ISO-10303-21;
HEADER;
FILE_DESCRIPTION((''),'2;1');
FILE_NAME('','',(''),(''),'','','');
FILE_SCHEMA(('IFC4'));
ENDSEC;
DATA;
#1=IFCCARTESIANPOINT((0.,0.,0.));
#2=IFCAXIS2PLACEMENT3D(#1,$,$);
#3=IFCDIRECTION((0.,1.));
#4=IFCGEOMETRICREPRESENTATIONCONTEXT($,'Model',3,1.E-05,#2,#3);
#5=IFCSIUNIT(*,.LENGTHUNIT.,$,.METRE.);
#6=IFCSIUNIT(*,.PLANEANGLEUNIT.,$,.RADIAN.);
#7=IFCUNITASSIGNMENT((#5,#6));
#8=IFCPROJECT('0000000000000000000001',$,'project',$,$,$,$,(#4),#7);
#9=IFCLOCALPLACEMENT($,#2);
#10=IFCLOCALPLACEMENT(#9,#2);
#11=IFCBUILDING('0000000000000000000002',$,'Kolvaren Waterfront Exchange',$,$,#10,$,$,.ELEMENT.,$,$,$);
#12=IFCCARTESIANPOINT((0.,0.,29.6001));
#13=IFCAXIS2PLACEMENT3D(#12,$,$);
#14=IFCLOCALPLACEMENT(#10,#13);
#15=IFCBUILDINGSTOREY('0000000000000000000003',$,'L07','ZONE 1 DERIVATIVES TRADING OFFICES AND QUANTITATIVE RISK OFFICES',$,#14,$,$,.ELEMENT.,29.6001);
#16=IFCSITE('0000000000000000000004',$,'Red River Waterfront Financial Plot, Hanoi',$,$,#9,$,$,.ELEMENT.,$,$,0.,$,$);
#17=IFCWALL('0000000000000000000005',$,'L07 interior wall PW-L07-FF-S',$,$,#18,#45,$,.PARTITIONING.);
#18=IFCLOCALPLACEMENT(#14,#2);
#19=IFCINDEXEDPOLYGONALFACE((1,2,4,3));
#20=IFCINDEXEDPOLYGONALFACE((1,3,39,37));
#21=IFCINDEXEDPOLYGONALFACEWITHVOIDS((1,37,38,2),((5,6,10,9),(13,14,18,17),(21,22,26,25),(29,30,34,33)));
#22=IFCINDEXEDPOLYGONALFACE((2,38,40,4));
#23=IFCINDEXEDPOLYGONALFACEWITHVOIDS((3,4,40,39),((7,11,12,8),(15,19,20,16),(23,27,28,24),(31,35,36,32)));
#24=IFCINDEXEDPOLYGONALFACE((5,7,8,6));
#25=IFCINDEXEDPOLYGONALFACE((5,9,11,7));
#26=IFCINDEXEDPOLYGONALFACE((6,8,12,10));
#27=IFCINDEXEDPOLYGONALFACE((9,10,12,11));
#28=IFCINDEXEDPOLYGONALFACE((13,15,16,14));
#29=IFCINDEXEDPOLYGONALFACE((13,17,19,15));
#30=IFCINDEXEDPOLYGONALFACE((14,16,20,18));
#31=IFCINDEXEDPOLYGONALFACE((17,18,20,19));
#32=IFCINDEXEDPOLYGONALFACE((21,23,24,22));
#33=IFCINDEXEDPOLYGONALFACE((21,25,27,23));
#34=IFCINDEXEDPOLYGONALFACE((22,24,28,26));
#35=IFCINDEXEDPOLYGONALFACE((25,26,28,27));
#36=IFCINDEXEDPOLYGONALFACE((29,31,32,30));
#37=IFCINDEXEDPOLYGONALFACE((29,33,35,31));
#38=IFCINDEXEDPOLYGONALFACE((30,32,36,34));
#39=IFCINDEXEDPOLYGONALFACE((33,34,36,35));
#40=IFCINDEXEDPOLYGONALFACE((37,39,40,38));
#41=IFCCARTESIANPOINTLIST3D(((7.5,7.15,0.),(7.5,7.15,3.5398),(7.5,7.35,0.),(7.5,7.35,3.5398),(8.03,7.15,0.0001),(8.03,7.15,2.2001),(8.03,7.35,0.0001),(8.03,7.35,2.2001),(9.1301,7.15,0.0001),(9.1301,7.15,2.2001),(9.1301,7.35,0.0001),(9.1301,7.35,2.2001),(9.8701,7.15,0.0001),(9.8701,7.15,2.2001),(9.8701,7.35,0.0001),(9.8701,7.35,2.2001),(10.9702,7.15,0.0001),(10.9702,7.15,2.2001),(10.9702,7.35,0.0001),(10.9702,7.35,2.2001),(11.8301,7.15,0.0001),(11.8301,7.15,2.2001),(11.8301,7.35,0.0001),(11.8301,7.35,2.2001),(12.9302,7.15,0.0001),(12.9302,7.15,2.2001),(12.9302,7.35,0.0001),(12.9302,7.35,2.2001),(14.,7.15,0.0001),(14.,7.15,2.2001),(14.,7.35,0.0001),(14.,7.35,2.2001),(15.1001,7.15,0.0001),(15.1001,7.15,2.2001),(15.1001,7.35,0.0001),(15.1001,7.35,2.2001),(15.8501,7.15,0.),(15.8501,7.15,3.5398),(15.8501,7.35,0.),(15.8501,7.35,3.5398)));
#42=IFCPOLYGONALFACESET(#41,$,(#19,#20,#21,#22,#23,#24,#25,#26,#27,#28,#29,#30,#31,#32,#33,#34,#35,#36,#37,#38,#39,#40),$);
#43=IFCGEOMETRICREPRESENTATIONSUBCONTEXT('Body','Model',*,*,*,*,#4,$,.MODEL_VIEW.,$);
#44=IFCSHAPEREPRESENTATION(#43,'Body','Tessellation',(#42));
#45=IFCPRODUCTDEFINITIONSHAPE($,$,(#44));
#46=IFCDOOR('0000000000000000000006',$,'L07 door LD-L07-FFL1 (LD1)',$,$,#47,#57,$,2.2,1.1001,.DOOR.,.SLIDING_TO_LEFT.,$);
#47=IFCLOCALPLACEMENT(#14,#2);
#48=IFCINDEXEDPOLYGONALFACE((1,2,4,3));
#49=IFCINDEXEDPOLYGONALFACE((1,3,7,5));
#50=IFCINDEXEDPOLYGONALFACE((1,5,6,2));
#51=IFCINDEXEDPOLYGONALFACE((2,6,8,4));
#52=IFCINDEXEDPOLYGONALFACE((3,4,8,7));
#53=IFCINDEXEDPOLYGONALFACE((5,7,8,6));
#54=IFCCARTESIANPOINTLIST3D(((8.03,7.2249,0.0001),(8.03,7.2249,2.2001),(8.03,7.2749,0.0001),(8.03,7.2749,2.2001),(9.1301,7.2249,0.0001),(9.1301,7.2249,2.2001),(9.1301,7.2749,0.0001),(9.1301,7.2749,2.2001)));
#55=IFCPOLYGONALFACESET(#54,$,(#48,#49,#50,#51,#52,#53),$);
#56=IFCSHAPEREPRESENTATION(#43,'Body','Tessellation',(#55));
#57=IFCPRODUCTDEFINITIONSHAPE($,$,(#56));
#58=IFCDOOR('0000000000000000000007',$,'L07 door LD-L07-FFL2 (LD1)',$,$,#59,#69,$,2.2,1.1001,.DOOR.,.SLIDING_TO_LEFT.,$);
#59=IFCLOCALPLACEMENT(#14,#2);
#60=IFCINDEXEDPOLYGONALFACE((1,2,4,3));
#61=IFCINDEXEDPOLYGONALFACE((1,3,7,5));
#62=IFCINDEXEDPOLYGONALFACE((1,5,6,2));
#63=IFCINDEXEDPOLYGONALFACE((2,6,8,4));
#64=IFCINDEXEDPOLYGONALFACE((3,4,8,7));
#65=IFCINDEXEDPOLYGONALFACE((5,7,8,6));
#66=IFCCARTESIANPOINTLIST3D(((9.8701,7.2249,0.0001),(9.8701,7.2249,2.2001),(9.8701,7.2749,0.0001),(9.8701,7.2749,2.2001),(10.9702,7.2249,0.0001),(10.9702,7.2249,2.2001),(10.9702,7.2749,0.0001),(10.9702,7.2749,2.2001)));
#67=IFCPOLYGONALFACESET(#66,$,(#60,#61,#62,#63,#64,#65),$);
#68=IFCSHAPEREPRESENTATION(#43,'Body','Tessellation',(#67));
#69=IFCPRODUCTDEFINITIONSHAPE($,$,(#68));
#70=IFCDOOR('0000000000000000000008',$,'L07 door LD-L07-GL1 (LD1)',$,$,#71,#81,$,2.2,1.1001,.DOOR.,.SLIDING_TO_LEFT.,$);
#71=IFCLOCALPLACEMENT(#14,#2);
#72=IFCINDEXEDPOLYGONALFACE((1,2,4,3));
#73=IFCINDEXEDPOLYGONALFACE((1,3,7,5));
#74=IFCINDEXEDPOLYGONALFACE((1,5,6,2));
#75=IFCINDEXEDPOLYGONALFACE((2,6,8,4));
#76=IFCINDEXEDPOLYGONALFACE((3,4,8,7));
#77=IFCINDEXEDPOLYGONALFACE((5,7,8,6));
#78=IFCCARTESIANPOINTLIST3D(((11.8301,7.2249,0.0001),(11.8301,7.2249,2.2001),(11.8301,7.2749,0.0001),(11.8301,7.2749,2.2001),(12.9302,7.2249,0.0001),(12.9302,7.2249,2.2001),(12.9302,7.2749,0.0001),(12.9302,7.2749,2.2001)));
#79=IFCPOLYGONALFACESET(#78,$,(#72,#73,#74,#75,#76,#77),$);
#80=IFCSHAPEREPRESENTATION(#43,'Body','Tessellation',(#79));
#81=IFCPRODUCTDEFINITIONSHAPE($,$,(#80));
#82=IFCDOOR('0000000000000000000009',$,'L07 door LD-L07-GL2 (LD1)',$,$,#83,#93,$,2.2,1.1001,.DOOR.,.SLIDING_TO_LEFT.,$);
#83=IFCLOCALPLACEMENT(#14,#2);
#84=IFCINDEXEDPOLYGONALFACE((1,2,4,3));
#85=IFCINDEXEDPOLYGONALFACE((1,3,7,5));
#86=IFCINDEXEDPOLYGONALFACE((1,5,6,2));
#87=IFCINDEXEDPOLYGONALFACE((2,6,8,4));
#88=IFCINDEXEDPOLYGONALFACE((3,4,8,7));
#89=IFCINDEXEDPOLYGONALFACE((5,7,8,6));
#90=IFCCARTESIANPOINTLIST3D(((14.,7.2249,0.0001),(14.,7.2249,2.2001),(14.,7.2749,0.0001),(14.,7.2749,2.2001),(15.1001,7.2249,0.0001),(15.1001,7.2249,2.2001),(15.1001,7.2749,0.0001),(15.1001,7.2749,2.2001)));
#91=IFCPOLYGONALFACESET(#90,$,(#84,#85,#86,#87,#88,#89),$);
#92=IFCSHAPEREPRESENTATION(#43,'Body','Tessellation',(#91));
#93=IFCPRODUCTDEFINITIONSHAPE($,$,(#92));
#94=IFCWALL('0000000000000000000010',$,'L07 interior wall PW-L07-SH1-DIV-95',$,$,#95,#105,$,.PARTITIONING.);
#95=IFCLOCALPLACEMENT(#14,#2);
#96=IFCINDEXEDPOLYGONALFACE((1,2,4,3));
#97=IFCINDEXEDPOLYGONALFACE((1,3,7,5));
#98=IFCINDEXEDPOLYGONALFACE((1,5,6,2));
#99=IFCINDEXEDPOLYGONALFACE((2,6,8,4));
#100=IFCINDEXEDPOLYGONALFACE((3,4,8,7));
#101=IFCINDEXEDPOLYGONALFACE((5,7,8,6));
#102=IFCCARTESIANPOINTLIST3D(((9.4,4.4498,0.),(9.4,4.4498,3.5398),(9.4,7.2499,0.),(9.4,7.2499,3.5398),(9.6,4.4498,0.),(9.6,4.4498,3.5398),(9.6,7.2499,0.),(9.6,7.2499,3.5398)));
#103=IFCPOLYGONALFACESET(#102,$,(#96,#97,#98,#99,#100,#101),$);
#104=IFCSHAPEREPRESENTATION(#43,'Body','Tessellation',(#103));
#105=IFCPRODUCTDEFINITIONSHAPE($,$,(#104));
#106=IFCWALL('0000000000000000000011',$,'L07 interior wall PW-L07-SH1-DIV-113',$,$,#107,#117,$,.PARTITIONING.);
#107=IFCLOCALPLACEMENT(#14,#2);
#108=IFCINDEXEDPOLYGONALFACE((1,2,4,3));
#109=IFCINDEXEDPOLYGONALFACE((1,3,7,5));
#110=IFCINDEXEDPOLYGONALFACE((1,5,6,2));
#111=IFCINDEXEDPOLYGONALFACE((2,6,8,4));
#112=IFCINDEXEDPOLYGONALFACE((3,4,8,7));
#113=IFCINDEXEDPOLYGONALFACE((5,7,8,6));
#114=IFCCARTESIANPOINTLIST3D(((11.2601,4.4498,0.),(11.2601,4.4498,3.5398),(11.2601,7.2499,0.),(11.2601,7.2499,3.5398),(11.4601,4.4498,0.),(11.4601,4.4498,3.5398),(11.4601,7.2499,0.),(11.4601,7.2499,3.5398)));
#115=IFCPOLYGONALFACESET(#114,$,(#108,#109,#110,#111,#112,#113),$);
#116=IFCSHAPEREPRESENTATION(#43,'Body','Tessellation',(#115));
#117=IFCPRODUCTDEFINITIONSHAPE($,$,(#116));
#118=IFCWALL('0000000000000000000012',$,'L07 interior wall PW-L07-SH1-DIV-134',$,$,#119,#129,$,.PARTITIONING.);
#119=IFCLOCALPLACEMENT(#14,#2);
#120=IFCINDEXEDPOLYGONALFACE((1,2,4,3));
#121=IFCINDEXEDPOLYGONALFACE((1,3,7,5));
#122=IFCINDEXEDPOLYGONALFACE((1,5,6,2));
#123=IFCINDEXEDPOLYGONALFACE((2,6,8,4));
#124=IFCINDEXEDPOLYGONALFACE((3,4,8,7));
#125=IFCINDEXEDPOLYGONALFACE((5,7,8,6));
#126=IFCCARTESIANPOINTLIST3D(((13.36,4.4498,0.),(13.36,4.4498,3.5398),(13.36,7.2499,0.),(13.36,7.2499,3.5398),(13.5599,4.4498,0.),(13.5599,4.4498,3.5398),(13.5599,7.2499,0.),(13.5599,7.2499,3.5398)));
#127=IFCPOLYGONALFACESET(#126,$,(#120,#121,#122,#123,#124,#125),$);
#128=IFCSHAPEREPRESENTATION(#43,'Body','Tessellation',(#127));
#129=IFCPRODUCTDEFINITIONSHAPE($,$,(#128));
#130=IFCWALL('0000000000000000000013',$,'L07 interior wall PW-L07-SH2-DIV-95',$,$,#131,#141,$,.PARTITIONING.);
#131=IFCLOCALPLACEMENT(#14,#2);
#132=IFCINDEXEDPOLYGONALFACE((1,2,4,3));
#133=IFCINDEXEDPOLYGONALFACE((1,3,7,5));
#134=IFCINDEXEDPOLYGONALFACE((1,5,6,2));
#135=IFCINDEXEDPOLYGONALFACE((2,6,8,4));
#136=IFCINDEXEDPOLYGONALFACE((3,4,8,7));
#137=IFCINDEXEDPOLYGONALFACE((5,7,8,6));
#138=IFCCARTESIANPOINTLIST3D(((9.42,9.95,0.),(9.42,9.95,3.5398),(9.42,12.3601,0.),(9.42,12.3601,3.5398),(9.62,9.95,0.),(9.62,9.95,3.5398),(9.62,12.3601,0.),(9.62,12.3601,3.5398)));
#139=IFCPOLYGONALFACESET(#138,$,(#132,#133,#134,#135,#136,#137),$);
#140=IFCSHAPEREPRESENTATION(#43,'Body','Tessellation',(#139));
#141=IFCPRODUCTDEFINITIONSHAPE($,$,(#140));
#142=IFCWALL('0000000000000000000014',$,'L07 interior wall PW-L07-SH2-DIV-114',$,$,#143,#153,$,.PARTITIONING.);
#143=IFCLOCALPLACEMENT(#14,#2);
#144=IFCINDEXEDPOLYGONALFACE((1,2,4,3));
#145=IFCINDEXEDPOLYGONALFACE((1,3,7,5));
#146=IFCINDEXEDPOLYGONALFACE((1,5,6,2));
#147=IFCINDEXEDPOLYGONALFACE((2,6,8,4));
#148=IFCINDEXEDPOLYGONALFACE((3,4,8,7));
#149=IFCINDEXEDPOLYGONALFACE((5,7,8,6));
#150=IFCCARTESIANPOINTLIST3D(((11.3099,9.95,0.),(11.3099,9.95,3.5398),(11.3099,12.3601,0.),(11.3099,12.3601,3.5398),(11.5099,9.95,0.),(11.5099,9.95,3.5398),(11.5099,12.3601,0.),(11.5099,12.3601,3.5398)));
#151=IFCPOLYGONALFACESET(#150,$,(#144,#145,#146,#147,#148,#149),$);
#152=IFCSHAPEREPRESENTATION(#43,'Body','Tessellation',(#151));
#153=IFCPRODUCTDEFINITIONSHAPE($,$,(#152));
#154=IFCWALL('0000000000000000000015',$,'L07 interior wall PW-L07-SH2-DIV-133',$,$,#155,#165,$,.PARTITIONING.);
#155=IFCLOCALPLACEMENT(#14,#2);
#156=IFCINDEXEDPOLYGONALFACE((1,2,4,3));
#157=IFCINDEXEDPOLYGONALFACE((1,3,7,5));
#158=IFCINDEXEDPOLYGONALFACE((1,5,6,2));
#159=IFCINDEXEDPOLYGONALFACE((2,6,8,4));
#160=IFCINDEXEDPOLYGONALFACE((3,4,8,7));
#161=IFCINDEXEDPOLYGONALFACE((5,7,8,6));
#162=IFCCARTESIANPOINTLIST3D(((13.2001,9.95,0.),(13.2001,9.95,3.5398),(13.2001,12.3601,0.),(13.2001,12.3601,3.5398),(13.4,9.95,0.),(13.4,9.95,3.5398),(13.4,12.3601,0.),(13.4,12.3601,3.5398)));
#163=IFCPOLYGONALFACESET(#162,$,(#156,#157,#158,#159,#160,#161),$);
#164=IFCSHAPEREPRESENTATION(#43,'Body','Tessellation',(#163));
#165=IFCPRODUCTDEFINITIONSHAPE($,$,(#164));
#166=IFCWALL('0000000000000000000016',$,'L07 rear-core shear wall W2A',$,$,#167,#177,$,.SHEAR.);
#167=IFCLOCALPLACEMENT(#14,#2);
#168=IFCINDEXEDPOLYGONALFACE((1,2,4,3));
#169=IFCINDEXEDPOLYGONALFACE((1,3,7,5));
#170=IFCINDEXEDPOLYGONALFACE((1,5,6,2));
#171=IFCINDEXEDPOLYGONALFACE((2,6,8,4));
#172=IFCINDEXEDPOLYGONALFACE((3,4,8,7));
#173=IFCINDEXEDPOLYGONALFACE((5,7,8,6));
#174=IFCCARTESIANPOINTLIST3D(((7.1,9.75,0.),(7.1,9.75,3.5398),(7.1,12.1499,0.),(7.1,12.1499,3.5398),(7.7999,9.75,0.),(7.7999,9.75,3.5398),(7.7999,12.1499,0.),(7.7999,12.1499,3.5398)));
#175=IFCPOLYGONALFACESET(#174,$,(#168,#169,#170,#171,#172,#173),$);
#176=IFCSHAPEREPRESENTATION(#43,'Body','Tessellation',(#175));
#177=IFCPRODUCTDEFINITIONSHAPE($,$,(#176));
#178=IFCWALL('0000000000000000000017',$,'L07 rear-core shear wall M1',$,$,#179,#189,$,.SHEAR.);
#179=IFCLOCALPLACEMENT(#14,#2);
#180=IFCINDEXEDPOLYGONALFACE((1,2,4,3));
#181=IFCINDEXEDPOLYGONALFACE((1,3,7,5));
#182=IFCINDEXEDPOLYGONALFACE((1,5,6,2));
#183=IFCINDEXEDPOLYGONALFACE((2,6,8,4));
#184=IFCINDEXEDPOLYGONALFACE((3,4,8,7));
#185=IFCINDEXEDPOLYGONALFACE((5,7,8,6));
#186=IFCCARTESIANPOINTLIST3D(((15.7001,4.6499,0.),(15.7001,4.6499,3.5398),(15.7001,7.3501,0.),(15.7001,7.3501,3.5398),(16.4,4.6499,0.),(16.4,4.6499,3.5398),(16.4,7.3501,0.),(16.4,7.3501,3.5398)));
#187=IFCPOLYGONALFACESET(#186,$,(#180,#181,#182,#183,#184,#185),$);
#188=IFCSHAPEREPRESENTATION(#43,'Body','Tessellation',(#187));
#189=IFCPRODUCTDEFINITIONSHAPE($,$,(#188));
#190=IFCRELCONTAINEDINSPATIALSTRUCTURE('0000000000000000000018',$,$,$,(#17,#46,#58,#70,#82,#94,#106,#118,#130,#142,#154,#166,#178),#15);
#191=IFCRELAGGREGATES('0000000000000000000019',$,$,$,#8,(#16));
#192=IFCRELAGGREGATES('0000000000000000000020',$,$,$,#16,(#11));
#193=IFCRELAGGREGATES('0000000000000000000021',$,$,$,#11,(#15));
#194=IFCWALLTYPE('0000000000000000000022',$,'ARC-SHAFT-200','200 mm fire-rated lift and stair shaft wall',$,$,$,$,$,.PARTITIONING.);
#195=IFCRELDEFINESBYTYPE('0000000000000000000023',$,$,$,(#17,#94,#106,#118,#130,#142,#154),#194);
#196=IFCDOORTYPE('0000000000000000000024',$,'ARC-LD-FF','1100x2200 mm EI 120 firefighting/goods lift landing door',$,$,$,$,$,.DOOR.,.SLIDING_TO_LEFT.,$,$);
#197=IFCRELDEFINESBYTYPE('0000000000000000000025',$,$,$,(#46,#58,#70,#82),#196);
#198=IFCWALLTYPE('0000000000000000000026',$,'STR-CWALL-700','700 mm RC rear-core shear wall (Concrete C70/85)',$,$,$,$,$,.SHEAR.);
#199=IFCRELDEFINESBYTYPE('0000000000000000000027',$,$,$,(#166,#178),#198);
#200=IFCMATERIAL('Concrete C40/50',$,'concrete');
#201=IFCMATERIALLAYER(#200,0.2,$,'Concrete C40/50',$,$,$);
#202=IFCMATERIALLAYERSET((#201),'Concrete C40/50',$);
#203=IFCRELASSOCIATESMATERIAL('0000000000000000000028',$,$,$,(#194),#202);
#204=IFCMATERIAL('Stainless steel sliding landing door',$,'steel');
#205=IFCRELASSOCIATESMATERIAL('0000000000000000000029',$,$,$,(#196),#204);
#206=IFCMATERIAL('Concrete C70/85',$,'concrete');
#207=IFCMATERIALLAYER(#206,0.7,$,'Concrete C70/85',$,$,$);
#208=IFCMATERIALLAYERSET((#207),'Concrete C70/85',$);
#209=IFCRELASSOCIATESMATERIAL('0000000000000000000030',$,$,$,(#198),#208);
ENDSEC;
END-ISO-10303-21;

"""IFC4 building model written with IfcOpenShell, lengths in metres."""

from ifc_helpers import new_model, si_unit, direction, frame, frame_2d, origin, place, context, subcontext, project, spatial, rectangle, extrude, material, layer, layer_set, type_object, element, fill, save


model = new_model("IFC4")

# Units and contexts
model_context = context("Model", 3, precision=1e-05, world=origin(), true_north=direction((0.0, 1.0)))
body_context = subcontext(model_context, "Body", "Model", "MODEL_VIEW")
ifc_project = project(units=[si_unit("LENGTHUNIT", "METRE"), si_unit("PLANEANGLEUNIT", "RADIAN")], contexts=[model_context])

# Site, building, storey
site_placement = place(None, origin())
site = spatial("IfcSite", under=ifc_project, at=site_placement, Name="Red River Waterfront Financial Plot, Hanoi", CompositionType="ELEMENT", RefElevation=0.0)
building_placement = place(site_placement, origin())
building = spatial("IfcBuilding", under=site, at=building_placement, Name="Kolvaren Waterfront Exchange", CompositionType="ELEMENT")
storey_placement = place(building_placement, frame((0.0, 0.0, 29.6001)))
storey = spatial("IfcBuildingStorey", under=building, at=storey_placement, Name="L07", Description="ZONE 1 DERIVATIVES TRADING OFFICES AND QUANTITATIVE RISK OFFICES", CompositionType="ELEMENT", Elevation=29.6001)

# Shared definitions
ifc_material_1 = material(Name="Concrete C70/85", Category="concrete")

# Shared definitions
ifc_material_2 = material(Name="Concrete C40/50", Category="concrete")
ifc_layer_1 = layer(ifc_material_2, 0.2, Name="Concrete C40/50")
ifc_layer_set_1 = layer_set([ifc_layer_1], Name="Concrete C40/50")
wall_type_1 = type_object("IfcWallType", Name="ARC-SHAFT-200", Description="200 mm fire-rated lift and stair shaft wall", PredefinedType="PARTITIONING", material=ifc_layer_set_1)

# Wall, openings, doors
wall_1_placement = place(storey_placement, frame((7.5, 7.25, 0.0), z_axis=(0.0, 0.0, 1.0), x_axis=(1.0, 0.0, 0.0)))
wall_1 = element("IfcWall", 1, at=wall_1_placement, inside=storey, type_object=wall_type_1, Name="L07 interior wall PW-L07-FF-S", PredefinedType="PARTITIONING", context=body_context, shape_type="SweptSolid", body=[
    extrude(rectangle(XDim=8.3501, YDim=0.2, at=frame_2d((4.175, 0.0))), origin(), (0.0, 0.0, 1.0), 3.5398),
])
opening_1_placement = place(wall_1_placement, frame((0.53, 0.0, 0.0)))
opening_1 = element("IfcOpeningElement", 2, at=opening_1_placement, cuts=wall_1, PredefinedType="OPENING", context=body_context, shape_type="SweptSolid", body=[
    extrude(rectangle(XDim=1.1001, YDim=2.2, at=frame_2d((0.55, 1.1001))), frame((0.0, 0.1099, 0.0), z_axis=(0.0, -1.0, 0.0), x_axis=(1.0, 0.0, 0.0)), (0.0, 0.0, 1.0), 0.22),
])
opening_2_placement = place(wall_1_placement, frame((2.3701, 0.0, 0.0)))
opening_2 = element("IfcOpeningElement", 3, at=opening_2_placement, cuts=wall_1, PredefinedType="OPENING", context=body_context, shape_type="SweptSolid", body=[
    extrude(rectangle(XDim=1.1001, YDim=2.2, at=frame_2d((0.55, 1.1001))), frame((0.0, 0.1099, 0.0), z_axis=(0.0, -1.0, 0.0), x_axis=(1.0, 0.0, 0.0)), (0.0, 0.0, 1.0), 0.22),
])
opening_3_placement = place(wall_1_placement, frame((4.3301, 0.0, 0.0)))
opening_3 = element("IfcOpeningElement", 4, at=opening_3_placement, cuts=wall_1, PredefinedType="OPENING", context=body_context, shape_type="SweptSolid", body=[
    extrude(rectangle(XDim=1.1001, YDim=2.2, at=frame_2d((0.55, 1.1001))), frame((0.0, 0.1099, 0.0), z_axis=(0.0, -1.0, 0.0), x_axis=(1.0, 0.0, 0.0)), (0.0, 0.0, 1.0), 0.22),
])
opening_4_placement = place(wall_1_placement, frame((6.5, 0.0, 0.0)))
opening_4 = element("IfcOpeningElement", 5, at=opening_4_placement, cuts=wall_1, PredefinedType="OPENING", context=body_context, shape_type="SweptSolid", body=[
    extrude(rectangle(XDim=1.1001, YDim=2.2, at=frame_2d((0.55, 1.1001))), frame((0.0, 0.1099, 0.0), z_axis=(0.0, -1.0, 0.0), x_axis=(1.0, 0.0, 0.0)), (0.0, 0.0, 1.0), 0.22),
])
ifc_material_3 = material(Name="Stainless steel sliding landing door", Category="steel")
door_type_1 = type_object("IfcDoorType", Name="ARC-LD-FF", Description="1100x2200 mm EI 120 firefighting/goods lift landing door", OperationType="SLIDING_TO_LEFT", PredefinedType="DOOR", material=ifc_material_3)
door_1_placement = place(opening_1_placement, origin())
door_1 = element("IfcDoor", 6, at=door_1_placement, inside=storey, type_object=door_type_1, Name="L07 door LD-L07-FFL1 (LD1)", OperationType="SLIDING_TO_LEFT", OverallHeight=2.2, OverallWidth=1.1001, PredefinedType="DOOR", context=body_context, shape_type="SweptSolid", body=[
    extrude(rectangle(XDim=1.1001, YDim=2.2, at=frame_2d((0.55, 1.1001))), frame((0.0, 0.0249, 0.0), z_axis=(0.0, -1.0, 0.0), x_axis=(1.0, 0.0, 0.0)), (0.0, 0.0, 1.0), 0.05),
])
fill(opening_1, door_1)
door_2_placement = place(opening_2_placement, origin())
door_2 = element("IfcDoor", 7, at=door_2_placement, inside=storey, type_object=door_type_1, Name="L07 door LD-L07-FFL2 (LD1)", OperationType="SLIDING_TO_LEFT", OverallHeight=2.2, OverallWidth=1.1001, PredefinedType="DOOR", context=body_context, shape_type="SweptSolid", body=[
    extrude(rectangle(XDim=1.1001, YDim=2.2, at=frame_2d((0.55, 1.1001))), frame((0.0, 0.0249, 0.0), z_axis=(0.0, -1.0, 0.0), x_axis=(1.0, 0.0, 0.0)), (0.0, 0.0, 1.0), 0.05),
])
fill(opening_2, door_2)
door_3_placement = place(opening_3_placement, origin())
door_3 = element("IfcDoor", 8, at=door_3_placement, inside=storey, type_object=door_type_1, Name="L07 door LD-L07-GL1 (LD1)", OperationType="SLIDING_TO_LEFT", OverallHeight=2.2, OverallWidth=1.1001, PredefinedType="DOOR", context=body_context, shape_type="SweptSolid", body=[
    extrude(rectangle(XDim=1.1001, YDim=2.2, at=frame_2d((0.55, 1.1001))), frame((0.0, 0.0249, 0.0), z_axis=(0.0, -1.0, 0.0), x_axis=(1.0, 0.0, 0.0)), (0.0, 0.0, 1.0), 0.05),
])
fill(opening_3, door_3)
door_4_placement = place(opening_4_placement, origin())
door_4 = element("IfcDoor", 9, at=door_4_placement, inside=storey, type_object=door_type_1, Name="L07 door LD-L07-GL2 (LD1)", OperationType="SLIDING_TO_LEFT", OverallHeight=2.2, OverallWidth=1.1001, PredefinedType="DOOR", context=body_context, shape_type="SweptSolid", body=[
    extrude(rectangle(XDim=1.1001, YDim=2.2, at=frame_2d((0.55, 1.1001))), frame((0.0, 0.0249, 0.0), z_axis=(0.0, -1.0, 0.0), x_axis=(1.0, 0.0, 0.0)), (0.0, 0.0, 1.0), 0.05),
])
fill(opening_4, door_4)

# Walls
for number, where, z_axis, x_axis, name in (
    (10, (9.5, 4.45, 0.0), (0.0, 0.0, 1.0), (0.0, 1.0, 0.0), "L07 interior wall PW-L07-SH1-DIV-95"),
    (11, (11.3601, 4.45, 0.0), (0.0, 0.0, 1.0), (0.0, 1.0, 0.0), "L07 interior wall PW-L07-SH1-DIV-113"),
    (12, (13.46, 4.45, 0.0), (0.0, 0.0, 1.0), (0.0, 1.0, 0.0), "L07 interior wall PW-L07-SH1-DIV-134"),
):
    element("IfcWall", number, at=place(storey_placement, frame(where, z_axis=z_axis, x_axis=x_axis)), inside=storey, type_object=wall_type_1, Name=name, PredefinedType="PARTITIONING", context=body_context, shape_type="SweptSolid", body=[
        extrude(rectangle(XDim=2.8, YDim=0.2, at=frame_2d((1.3999, 0.0))), origin(), (0.0, 0.0, 1.0), 3.5398),
    ])
for number, where, z_axis, x_axis, name in (
    (13, (9.52, 9.95, 0.0), (0.0, 0.0, 1.0), (0.0, 1.0, 0.0), "L07 interior wall PW-L07-SH2-DIV-95"),
    (14, (11.4099, 9.95, 0.0), (0.0, 0.0, 1.0), (0.0, 1.0, 0.0), "L07 interior wall PW-L07-SH2-DIV-114"),
    (15, (13.3, 9.95, 0.0), (0.0, 0.0, 1.0), (0.0, 1.0, 0.0), "L07 interior wall PW-L07-SH2-DIV-133"),
):
    element("IfcWall", number, at=place(storey_placement, frame(where, z_axis=z_axis, x_axis=x_axis)), inside=storey, type_object=wall_type_1, Name=name, PredefinedType="PARTITIONING", context=body_context, shape_type="SweptSolid", body=[
        extrude(rectangle(XDim=2.4102, YDim=0.2, at=frame_2d((1.2051, 0.0))), origin(), (0.0, 0.0, 1.0), 3.5398),
    ])
ifc_layer_2 = layer(ifc_material_1, 0.7, Name="Concrete C70/85")
ifc_layer_set_2 = layer_set([ifc_layer_2], Name="Concrete C70/85")
wall_type_2 = type_object("IfcWallType", Name="STR-CWALL-700", Description="700 mm RC rear-core shear wall (Concrete C70/85)", PredefinedType="SHEAR", material=ifc_layer_set_2)
wall_2_placement = place(storey_placement, frame((7.45, 9.75, 0.0), z_axis=(0.0, 0.0, 1.0), x_axis=(0.0, 1.0, 0.0)))
element("IfcWall", 16, at=wall_2_placement, inside=storey, type_object=wall_type_2, Name="L07 rear-core shear wall W2A", PredefinedType="SHEAR", context=body_context, shape_type="SweptSolid", body=[
    extrude(rectangle(XDim=2.3999, YDim=0.7, at=frame_2d((1.2, 0.0))), origin(), (0.0, 0.0, 1.0), 3.5398),
])
wall_3_placement = place(storey_placement, frame((16.05, 4.6499, 0.0), z_axis=(0.0, 0.0, 1.0), x_axis=(0.0, 1.0, 0.0)))
element("IfcWall", 17, at=wall_3_placement, inside=storey, type_object=wall_type_2, Name="L07 rear-core shear wall M1", PredefinedType="SHEAR", context=body_context, shape_type="SweptSolid", body=[
    extrude(rectangle(XDim=2.7002, YDim=0.7, at=frame_2d((1.3501, 0.0))), origin(), (0.0, 0.0, 1.0), 3.5398),
])

save(model, "model.ifc")
